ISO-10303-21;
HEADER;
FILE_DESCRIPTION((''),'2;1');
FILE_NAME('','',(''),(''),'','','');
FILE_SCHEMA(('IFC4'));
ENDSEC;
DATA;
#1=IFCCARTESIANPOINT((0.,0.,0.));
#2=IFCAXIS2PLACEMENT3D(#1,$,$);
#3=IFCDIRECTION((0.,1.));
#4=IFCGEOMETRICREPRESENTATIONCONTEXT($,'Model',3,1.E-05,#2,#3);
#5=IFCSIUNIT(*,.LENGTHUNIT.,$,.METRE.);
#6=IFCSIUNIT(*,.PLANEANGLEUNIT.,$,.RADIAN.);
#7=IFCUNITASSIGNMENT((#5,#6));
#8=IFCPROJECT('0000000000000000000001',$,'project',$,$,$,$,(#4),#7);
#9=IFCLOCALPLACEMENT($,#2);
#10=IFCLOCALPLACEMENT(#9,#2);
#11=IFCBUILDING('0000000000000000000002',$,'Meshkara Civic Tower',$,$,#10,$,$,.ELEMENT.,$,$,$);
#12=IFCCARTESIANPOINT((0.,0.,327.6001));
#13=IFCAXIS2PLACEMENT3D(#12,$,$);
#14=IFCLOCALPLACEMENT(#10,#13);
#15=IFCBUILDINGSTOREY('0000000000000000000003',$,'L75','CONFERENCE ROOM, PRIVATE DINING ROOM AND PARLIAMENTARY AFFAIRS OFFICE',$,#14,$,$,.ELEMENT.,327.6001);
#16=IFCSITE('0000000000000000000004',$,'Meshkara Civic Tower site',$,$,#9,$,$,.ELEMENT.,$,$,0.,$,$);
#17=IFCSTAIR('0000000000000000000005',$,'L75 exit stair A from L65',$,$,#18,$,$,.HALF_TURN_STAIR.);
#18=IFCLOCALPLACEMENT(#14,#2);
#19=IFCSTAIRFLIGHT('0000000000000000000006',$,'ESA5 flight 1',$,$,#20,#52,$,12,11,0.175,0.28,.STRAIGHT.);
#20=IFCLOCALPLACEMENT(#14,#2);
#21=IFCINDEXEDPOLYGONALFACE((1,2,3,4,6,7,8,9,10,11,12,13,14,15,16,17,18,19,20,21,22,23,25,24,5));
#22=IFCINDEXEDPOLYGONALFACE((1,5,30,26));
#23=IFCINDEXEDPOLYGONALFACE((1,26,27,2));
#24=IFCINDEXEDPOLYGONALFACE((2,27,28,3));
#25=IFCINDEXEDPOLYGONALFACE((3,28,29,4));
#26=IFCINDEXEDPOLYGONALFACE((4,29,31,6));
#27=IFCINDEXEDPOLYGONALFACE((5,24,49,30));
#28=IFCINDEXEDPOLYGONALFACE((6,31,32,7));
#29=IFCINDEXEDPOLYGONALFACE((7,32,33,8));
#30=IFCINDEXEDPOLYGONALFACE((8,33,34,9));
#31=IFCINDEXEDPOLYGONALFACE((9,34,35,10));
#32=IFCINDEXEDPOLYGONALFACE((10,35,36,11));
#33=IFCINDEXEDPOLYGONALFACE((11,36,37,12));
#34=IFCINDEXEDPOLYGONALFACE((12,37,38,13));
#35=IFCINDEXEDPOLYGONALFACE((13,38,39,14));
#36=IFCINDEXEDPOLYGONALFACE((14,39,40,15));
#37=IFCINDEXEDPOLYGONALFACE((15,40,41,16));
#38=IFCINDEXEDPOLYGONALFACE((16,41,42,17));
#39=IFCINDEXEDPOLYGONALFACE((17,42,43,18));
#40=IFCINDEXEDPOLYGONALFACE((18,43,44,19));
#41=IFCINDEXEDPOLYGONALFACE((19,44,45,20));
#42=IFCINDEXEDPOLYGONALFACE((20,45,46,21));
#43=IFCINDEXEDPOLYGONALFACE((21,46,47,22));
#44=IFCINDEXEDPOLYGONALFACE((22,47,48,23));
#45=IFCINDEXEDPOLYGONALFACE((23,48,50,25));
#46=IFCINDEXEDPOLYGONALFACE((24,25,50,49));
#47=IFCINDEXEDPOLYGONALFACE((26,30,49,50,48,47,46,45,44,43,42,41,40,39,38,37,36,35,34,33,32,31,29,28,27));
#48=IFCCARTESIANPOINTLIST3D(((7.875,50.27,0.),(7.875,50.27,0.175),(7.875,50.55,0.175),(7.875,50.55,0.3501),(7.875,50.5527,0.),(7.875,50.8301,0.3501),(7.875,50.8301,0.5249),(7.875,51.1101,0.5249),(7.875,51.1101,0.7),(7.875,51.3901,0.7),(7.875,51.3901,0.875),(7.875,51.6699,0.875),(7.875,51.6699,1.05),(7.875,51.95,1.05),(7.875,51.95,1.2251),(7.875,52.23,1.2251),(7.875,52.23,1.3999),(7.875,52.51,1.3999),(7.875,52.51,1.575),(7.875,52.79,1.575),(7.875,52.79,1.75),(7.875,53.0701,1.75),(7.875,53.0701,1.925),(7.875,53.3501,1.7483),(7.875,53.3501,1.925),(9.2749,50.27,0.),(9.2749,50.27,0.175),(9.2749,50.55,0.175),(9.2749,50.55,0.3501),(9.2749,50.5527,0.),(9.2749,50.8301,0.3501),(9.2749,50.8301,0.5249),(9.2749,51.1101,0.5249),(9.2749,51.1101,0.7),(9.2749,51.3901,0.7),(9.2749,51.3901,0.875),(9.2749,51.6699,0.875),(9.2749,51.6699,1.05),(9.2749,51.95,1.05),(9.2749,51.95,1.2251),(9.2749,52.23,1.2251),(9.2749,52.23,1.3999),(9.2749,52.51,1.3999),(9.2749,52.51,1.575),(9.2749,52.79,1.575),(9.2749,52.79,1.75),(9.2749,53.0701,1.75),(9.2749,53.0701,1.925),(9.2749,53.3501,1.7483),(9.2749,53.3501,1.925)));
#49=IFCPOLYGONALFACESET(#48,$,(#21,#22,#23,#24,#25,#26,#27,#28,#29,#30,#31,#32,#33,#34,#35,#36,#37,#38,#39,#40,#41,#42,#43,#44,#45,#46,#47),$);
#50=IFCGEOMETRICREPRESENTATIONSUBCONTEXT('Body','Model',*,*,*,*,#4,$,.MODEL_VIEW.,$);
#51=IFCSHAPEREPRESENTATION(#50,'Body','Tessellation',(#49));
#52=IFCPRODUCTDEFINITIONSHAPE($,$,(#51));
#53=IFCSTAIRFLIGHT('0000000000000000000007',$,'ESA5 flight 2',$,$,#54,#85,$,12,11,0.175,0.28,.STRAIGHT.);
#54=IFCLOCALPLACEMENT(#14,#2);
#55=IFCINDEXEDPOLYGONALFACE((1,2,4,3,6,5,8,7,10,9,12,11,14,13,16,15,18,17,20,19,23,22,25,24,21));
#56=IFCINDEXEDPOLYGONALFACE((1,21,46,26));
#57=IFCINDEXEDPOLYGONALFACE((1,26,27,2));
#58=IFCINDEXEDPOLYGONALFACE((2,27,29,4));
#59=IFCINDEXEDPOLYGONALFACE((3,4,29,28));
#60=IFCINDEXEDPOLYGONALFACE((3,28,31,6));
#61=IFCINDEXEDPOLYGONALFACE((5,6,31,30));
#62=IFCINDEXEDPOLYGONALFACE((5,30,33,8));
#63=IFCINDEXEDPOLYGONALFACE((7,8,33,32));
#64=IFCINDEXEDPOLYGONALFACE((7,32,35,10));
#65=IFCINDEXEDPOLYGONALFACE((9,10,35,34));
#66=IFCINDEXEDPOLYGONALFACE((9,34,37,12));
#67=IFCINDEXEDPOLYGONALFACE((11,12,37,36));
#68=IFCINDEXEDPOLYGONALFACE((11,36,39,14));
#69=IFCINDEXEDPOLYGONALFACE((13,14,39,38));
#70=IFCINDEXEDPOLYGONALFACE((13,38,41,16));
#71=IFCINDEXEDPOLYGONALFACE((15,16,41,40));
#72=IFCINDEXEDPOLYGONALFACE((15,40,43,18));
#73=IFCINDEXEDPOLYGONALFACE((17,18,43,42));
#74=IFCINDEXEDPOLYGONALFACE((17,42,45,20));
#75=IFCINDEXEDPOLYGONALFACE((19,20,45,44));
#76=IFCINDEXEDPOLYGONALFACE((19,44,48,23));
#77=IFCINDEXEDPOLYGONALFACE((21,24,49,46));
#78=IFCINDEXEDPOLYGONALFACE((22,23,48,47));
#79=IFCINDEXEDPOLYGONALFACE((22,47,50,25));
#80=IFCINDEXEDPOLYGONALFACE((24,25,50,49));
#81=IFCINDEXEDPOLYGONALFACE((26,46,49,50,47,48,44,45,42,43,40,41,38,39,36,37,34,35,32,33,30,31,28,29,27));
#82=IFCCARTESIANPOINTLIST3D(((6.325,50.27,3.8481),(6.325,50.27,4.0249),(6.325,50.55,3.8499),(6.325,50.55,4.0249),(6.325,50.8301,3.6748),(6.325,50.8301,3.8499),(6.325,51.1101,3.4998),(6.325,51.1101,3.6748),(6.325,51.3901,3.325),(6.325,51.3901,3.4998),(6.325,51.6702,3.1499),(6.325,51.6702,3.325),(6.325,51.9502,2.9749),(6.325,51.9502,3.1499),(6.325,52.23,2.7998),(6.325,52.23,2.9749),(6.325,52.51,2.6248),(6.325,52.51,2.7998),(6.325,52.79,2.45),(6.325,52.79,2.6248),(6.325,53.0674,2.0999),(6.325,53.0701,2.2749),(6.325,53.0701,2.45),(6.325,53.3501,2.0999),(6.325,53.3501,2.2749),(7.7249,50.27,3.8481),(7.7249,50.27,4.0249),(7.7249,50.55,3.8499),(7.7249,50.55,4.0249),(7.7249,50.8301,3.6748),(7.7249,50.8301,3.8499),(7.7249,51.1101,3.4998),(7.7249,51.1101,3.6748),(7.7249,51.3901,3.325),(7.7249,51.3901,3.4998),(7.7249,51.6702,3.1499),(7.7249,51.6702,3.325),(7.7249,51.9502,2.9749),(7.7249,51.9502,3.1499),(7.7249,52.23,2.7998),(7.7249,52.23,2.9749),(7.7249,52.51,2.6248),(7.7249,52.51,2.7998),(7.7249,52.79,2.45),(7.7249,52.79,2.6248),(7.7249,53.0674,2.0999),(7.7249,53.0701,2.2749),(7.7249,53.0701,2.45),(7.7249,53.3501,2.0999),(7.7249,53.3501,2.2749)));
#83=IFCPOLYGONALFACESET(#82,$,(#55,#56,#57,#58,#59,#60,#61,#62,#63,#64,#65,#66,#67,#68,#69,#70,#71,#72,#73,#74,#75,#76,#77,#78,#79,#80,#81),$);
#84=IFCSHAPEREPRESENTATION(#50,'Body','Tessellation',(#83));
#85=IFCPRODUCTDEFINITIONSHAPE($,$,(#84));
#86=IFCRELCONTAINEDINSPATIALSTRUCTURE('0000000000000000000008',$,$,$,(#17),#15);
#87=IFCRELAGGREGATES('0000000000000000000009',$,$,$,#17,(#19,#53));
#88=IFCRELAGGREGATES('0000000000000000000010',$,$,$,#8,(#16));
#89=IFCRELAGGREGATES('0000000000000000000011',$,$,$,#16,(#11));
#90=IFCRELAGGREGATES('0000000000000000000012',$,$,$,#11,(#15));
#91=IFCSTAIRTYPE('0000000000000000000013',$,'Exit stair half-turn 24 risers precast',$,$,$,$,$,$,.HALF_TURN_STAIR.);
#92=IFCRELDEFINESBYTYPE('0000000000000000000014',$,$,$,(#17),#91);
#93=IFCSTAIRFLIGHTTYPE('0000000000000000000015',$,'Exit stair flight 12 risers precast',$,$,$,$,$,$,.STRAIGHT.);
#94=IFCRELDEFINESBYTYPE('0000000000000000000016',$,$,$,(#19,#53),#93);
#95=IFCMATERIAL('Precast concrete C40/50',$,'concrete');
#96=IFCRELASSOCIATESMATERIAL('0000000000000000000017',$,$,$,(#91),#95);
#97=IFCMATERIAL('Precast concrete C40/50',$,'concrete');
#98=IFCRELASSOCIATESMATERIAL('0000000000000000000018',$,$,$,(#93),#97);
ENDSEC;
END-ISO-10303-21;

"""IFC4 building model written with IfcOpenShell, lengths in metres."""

from ifc_helpers import new_model, si_unit, direction, frame, origin, place, context, subcontext, project, spatial, polyline, outline, extrude, material, type_object, element, aggregate, save


model = new_model("IFC4")

# Units and contexts
model_context = context("Model", 3, precision=1e-05, world=origin(), true_north=direction((0.0, 1.0)))
body_context = subcontext(model_context, "Body", "Model", "MODEL_VIEW")
ifc_project = project(units=[si_unit("LENGTHUNIT", "METRE"), si_unit("PLANEANGLEUNIT", "RADIAN")], contexts=[model_context])

# Site, building, storey
site_placement = place(None, origin())
site = spatial("IfcSite", under=ifc_project, at=site_placement, Name="Meshkara Civic Tower site", CompositionType="ELEMENT", RefElevation=0.0)
building_placement = place(site_placement, origin())
building = spatial("IfcBuilding", under=site, at=building_placement, Name="Meshkara Civic Tower", CompositionType="ELEMENT")
storey_placement = place(building_placement, frame((0.0, 0.0, 327.6001)))
storey = spatial("IfcBuildingStorey", under=building, at=storey_placement, Name="L75", Description="CONFERENCE ROOM, PRIVATE DINING ROOM AND PARLIAMENTARY AFFAIRS OFFICE", CompositionType="ELEMENT", Elevation=327.6001)

# Stair, stair flights
ifc_material_1 = material(Name="Precast concrete C40/50", Category="concrete")
stair_type = type_object("IfcStairType", Name="Exit stair half-turn 24 risers precast", PredefinedType="HALF_TURN_STAIR", material=ifc_material_1)
stair_placement = place(storey_placement, origin())
stair = element("IfcStair", 1, at=stair_placement, inside=storey, type_object=stair_type, Name="L75 exit stair A from L65", PredefinedType="HALF_TURN_STAIR")
ifc_material_2 = material(Name="Precast concrete C40/50", Category="concrete")
stair_flight_type = type_object("IfcStairFlightType", Name="Exit stair flight 12 risers precast", PredefinedType="STRAIGHT", material=ifc_material_2)
stair_flight_1_placement = place(storey_placement, frame((8.575, 50.27, 0.0), z_axis=(0.0, 0.0, 1.0), x_axis=(0.0, 1.0, 0.0)))
stair_flight_1 = element("IfcStairFlight", 2, at=stair_flight_1_placement, type_object=stair_flight_type, Name="ESA5 flight 1", NumberOfRisers=12, NumberOfTreads=11, PredefinedType="STRAIGHT", RiserHeight=0.175, TreadLength=0.28, context=body_context, shape_type="SweptSolid", body=[
    extrude(outline(polyline([(0.0, 0.0), (0.0, 0.175), (0.28, 0.175), (0.28, 0.3501), (0.5601, 0.3501), (0.5601, 0.5249), (0.8401, 0.5249), (0.8401, 0.7), (1.1201, 0.7), (1.1201, 0.875), (1.3999, 0.875), (1.3999, 1.05), (1.6799, 1.05), (1.6799, 1.2251), (1.96, 1.2251), (1.96, 1.3999), (2.24, 1.3999), (2.24, 1.575), (2.52, 1.575), (2.52, 1.75), (2.8, 1.75), (2.8, 1.925), (3.0801, 1.925), (3.0801, 2.1001), (3.0801, 1.7483), (0.2827, 0.0), (0.0, 0.0)])), frame((0.0, 0.7, 0.0), z_axis=(0.0, -1.0, 0.0), x_axis=(1.0, 0.0, 0.0)), (0.0, 0.0, 1.0), 1.3999),
])
stair_flight_2_placement = place(storey_placement, frame((7.0249, 53.3501, 2.0999), z_axis=(0.0, 0.0, 1.0), x_axis=(0.0, -1.0, 0.0)))
stair_flight_2 = element("IfcStairFlight", 3, at=stair_flight_2_placement, type_object=stair_flight_type, Name="ESA5 flight 2", NumberOfRisers=12, NumberOfTreads=11, PredefinedType="STRAIGHT", RiserHeight=0.175, TreadLength=0.28, context=body_context, shape_type="SweptSolid", body=[
    extrude(outline(polyline([(0.0, 0.0), (0.0, 0.175), (0.28, 0.175), (0.28, 0.3501), (0.5601, 0.3501), (0.5601, 0.5249), (0.8401, 0.5249), (0.8401, 0.7), (1.1201, 0.7), (1.1201, 0.875), (1.3999, 0.875), (1.3999, 1.05), (1.6799, 1.05), (1.6799, 1.2251), (1.96, 1.2251), (1.96, 1.3999), (2.24, 1.3999), (2.24, 1.575), (2.52, 1.575), (2.52, 1.75), (2.8, 1.75), (2.8, 1.925), (3.0801, 1.925), (3.0801, 2.1001), (3.0801, 1.7483), (0.2827, 0.0), (0.0, 0.0)])), frame((0.0, 0.7, 0.0), z_axis=(0.0, -1.0, 0.0), x_axis=(1.0, 0.0, 0.0)), (0.0, 0.0, 1.0), 1.3999),
])
aggregate(stair, [stair_flight_1, stair_flight_2])

save(model, "model.ifc")
